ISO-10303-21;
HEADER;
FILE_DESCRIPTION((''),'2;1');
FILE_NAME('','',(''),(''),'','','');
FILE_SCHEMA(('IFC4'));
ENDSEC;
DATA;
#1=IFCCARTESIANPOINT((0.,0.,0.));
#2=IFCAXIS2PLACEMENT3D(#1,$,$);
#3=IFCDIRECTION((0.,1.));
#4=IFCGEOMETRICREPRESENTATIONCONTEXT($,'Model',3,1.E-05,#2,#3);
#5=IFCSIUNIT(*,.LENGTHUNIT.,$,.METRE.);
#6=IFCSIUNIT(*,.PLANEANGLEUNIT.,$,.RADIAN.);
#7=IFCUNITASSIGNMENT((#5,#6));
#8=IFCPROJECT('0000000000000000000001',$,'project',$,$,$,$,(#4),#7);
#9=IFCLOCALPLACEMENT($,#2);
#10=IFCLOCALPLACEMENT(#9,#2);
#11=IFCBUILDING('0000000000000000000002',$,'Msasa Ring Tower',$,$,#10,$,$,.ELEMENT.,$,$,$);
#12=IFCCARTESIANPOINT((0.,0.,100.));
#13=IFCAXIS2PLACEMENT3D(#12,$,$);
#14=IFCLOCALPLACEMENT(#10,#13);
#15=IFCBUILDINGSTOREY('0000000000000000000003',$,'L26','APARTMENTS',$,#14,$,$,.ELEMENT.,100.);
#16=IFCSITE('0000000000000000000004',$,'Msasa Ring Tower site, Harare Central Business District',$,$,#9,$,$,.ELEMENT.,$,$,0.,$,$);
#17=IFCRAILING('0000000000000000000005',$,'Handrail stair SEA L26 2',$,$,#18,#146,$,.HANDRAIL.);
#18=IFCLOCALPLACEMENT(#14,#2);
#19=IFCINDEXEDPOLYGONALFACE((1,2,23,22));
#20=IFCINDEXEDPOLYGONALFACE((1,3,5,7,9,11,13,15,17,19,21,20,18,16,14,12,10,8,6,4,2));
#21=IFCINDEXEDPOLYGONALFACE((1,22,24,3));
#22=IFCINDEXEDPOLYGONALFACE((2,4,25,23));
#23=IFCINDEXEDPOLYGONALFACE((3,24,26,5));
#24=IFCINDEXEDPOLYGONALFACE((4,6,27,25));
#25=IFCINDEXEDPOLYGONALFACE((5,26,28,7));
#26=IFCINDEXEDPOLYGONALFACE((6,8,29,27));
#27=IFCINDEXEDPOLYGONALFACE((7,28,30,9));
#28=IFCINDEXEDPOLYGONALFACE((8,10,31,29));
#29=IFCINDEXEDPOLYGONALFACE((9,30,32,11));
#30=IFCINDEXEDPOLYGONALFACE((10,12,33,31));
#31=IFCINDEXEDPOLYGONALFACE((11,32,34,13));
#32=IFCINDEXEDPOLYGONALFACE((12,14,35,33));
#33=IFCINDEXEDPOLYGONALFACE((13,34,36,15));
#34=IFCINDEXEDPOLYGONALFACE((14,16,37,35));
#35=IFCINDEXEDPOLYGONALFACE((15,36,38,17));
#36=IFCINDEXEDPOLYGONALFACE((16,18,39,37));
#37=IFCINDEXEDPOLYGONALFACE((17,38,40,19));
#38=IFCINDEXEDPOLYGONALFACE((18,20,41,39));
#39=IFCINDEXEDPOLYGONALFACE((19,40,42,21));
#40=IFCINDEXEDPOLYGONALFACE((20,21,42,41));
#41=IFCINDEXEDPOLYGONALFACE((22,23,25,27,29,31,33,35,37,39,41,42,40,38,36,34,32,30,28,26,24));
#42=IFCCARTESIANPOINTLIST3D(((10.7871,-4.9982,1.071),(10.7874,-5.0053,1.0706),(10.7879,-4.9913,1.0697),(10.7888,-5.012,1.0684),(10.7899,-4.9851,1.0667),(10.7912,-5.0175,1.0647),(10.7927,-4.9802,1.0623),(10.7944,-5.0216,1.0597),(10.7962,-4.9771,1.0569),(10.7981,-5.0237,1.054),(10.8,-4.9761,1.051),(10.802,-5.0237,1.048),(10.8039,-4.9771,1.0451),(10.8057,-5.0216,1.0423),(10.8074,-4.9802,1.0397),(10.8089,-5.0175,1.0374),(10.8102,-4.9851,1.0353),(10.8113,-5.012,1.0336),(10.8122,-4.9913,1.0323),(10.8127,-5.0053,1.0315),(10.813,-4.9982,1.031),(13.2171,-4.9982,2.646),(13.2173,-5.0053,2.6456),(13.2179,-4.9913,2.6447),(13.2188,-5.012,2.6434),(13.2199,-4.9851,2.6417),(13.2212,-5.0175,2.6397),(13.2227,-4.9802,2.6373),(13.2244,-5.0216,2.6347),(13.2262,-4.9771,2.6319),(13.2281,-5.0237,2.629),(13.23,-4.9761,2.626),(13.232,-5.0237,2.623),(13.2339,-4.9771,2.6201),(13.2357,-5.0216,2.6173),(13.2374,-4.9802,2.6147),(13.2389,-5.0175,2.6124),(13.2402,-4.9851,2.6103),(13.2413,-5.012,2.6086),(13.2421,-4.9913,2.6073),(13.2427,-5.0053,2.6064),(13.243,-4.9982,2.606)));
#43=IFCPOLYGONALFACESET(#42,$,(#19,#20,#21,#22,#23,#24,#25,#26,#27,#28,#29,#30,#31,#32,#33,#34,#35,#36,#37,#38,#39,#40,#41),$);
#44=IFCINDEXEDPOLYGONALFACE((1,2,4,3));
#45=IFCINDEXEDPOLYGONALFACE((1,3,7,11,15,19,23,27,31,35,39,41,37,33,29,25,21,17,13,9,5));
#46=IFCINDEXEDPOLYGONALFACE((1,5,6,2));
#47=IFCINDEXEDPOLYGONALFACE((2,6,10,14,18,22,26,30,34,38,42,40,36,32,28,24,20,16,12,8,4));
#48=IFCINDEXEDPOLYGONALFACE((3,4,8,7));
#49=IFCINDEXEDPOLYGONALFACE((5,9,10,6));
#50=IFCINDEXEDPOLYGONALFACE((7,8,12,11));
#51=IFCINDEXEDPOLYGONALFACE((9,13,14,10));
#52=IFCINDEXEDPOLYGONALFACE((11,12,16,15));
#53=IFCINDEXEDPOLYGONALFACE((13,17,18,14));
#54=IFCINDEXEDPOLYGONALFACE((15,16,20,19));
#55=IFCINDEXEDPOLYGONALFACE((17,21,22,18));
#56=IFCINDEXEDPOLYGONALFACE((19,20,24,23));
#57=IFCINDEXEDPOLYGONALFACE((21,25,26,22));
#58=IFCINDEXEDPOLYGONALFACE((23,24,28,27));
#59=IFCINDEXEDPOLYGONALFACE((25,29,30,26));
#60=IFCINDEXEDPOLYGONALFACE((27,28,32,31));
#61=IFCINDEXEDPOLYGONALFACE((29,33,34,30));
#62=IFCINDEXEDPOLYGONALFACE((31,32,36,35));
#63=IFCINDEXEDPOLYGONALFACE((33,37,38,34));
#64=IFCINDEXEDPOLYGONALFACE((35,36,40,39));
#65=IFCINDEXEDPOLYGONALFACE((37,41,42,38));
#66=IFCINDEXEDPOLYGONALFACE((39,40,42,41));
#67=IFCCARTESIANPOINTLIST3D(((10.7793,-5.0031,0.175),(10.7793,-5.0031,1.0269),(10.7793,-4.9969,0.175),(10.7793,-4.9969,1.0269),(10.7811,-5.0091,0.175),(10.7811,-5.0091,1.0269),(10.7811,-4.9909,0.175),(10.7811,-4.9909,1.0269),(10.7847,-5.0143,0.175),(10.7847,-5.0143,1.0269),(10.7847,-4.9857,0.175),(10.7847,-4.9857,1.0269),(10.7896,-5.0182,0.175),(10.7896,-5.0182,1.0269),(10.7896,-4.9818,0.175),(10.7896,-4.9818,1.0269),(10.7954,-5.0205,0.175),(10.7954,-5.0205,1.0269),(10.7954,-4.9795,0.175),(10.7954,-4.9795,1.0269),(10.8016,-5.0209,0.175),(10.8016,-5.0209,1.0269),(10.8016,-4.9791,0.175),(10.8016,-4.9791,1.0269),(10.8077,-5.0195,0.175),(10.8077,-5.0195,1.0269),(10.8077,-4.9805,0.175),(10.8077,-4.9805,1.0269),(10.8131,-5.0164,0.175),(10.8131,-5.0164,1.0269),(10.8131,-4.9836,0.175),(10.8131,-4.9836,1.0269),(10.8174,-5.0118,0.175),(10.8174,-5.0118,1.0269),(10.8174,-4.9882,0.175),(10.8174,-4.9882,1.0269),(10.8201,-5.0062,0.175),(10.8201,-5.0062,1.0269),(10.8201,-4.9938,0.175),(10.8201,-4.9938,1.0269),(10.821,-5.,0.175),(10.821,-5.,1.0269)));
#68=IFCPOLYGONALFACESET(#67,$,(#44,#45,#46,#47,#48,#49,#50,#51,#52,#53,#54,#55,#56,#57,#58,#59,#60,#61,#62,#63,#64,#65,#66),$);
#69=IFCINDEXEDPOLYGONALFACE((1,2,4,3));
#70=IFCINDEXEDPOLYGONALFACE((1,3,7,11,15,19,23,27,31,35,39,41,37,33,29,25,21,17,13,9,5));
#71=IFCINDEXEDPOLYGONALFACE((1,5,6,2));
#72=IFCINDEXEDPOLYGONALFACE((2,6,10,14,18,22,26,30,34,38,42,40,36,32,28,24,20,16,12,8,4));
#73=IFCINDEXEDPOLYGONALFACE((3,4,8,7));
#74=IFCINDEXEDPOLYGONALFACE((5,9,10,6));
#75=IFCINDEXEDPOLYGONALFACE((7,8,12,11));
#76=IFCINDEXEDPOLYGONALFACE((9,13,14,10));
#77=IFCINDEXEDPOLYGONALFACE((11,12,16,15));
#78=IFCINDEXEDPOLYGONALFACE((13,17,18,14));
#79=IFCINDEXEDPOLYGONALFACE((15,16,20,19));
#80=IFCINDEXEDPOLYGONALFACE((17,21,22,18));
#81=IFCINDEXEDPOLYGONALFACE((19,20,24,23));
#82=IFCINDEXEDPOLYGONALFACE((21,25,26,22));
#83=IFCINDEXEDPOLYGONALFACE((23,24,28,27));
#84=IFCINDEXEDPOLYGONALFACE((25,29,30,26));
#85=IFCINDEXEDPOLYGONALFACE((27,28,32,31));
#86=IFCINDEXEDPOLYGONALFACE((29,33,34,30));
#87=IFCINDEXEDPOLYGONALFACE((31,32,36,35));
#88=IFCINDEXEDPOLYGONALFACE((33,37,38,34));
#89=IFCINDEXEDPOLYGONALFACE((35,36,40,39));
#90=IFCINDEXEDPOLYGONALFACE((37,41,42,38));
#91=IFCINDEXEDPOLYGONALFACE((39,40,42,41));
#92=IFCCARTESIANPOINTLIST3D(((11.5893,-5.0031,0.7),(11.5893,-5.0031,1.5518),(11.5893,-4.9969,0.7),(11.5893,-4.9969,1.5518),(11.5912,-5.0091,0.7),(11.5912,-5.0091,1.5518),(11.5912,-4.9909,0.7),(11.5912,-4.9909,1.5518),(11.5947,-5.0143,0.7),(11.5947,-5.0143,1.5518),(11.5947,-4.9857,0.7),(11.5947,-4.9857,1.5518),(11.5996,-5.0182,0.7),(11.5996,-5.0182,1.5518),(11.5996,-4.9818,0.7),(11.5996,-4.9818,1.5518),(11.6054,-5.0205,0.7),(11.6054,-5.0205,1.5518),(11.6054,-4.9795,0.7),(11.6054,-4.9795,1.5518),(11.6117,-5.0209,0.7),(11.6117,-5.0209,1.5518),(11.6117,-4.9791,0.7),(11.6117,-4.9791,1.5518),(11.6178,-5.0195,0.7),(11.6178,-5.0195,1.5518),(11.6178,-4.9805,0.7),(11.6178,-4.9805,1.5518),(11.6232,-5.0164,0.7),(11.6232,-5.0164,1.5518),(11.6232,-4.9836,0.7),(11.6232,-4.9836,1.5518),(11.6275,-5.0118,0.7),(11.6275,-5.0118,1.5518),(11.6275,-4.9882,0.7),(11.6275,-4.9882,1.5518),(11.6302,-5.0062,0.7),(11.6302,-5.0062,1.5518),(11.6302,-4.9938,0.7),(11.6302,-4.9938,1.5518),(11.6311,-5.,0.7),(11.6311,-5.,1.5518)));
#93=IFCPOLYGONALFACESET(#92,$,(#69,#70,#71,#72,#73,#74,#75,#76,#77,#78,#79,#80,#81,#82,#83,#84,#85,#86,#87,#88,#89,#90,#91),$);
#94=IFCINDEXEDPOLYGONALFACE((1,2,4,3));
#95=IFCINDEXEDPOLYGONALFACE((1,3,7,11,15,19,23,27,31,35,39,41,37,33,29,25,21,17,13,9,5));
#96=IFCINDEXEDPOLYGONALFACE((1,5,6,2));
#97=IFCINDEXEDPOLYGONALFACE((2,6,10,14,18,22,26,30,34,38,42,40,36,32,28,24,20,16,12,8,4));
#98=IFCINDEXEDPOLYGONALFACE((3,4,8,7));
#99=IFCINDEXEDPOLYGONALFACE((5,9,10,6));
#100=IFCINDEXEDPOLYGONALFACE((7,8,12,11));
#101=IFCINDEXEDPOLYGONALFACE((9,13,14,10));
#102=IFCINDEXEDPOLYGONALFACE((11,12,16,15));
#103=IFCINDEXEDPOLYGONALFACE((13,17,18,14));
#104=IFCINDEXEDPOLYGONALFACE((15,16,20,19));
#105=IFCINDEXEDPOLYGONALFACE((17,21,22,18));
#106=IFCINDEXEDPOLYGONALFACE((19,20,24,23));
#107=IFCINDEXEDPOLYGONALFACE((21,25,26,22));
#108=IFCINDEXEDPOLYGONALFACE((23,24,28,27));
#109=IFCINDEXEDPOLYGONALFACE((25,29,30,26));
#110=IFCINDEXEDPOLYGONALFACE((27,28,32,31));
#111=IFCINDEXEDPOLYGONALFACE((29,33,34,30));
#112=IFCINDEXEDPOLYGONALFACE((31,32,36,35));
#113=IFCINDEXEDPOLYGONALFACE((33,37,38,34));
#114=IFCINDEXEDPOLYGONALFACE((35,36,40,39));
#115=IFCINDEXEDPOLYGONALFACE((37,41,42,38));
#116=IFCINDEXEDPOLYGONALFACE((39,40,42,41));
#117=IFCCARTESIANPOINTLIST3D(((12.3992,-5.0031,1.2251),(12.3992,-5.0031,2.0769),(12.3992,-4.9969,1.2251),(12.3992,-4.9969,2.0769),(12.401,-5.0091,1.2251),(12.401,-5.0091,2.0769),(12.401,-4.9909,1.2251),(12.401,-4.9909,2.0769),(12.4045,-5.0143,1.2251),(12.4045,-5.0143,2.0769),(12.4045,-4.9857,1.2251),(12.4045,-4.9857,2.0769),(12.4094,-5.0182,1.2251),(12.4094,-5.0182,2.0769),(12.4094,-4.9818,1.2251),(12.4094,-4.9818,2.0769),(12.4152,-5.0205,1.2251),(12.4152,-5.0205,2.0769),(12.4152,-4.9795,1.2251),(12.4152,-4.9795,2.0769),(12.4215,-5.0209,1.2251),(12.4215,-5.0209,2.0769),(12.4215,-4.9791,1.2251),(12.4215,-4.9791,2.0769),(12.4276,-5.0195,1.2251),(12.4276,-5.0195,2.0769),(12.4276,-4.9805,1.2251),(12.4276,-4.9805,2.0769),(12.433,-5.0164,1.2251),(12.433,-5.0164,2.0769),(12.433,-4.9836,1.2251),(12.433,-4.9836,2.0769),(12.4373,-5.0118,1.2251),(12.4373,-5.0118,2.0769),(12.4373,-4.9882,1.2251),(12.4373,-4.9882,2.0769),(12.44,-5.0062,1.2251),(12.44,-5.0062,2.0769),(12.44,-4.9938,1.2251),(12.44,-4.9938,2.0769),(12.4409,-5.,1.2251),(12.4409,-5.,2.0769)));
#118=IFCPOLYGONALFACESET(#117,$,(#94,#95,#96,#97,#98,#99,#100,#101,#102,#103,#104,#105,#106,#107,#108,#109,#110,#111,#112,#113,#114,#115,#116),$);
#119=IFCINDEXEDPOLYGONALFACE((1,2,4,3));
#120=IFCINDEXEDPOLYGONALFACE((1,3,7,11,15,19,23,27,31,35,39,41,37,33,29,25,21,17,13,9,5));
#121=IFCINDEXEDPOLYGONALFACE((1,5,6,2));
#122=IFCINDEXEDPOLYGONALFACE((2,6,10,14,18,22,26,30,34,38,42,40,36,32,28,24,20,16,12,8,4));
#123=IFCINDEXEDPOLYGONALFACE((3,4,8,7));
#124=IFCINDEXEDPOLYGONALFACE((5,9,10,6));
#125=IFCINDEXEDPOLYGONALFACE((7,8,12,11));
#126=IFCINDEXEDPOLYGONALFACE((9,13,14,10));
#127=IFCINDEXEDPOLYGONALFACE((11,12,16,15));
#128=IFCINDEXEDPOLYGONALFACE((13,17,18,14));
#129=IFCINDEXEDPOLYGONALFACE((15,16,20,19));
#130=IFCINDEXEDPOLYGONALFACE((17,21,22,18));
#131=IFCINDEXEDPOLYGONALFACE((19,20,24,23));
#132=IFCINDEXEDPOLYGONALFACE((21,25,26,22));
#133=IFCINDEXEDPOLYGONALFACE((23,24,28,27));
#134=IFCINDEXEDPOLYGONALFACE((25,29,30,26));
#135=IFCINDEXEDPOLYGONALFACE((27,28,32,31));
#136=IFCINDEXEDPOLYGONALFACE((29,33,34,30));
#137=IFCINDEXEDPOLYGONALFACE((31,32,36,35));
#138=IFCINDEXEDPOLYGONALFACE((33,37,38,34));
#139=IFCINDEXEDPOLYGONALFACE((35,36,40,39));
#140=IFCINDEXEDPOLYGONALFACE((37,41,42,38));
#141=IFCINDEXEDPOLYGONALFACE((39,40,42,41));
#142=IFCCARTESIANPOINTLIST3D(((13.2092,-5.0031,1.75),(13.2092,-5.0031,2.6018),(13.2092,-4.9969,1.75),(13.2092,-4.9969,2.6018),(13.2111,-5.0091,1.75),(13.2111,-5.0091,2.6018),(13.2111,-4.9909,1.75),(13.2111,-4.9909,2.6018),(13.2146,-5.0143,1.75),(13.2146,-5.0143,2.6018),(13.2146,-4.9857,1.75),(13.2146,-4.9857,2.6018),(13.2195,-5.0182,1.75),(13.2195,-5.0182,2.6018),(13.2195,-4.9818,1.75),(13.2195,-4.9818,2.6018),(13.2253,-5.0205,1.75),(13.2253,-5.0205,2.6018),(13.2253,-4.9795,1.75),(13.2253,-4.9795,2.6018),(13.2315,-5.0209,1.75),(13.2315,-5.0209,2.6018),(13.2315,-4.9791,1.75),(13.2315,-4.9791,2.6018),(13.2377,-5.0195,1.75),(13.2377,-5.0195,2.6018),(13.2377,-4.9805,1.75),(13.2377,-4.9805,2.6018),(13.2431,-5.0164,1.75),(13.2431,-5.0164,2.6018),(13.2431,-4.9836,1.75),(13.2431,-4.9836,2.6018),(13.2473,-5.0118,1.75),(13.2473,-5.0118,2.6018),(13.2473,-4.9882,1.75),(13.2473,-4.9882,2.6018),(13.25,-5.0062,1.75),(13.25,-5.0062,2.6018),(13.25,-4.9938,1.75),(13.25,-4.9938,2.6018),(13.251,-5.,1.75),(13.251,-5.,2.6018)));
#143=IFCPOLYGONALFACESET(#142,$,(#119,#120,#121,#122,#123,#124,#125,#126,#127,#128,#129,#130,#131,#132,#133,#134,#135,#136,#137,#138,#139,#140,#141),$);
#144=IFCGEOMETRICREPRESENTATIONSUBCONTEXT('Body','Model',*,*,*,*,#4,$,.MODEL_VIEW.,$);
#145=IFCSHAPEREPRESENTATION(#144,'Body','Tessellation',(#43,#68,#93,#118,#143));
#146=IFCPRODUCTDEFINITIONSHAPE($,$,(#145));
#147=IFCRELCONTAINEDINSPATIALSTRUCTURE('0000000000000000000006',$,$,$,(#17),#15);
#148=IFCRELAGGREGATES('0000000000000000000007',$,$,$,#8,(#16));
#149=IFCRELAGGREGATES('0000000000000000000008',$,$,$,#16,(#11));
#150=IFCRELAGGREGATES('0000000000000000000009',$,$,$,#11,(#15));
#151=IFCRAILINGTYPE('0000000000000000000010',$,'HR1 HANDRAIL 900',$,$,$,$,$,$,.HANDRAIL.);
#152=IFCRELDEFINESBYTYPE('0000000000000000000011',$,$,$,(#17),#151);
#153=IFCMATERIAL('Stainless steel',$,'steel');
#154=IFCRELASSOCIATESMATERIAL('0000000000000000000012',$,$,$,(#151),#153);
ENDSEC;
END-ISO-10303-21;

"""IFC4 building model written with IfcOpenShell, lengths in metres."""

from ifc_helpers import new_model, si_unit, direction, frame, origin, origin_2d, place, context, subcontext, project, spatial, circle, extrude, material, type_object, element, save


model = new_model("IFC4")

# Units and contexts
model_context = context("Model", 3, precision=1e-05, world=origin(), true_north=direction((0.0, 1.0)))
body_context = subcontext(model_context, "Body", "Model", "MODEL_VIEW")
ifc_project = project(units=[si_unit("LENGTHUNIT", "METRE"), si_unit("PLANEANGLEUNIT", "RADIAN")], contexts=[model_context])

# Site, building, storey
site_placement = place(None, origin())
site = spatial("IfcSite", under=ifc_project, at=site_placement, Name="Msasa Ring Tower site, Harare Central Business District", CompositionType="ELEMENT", RefElevation=0.0)
building_placement = place(site_placement, origin())
building = spatial("IfcBuilding", under=site, at=building_placement, Name="Msasa Ring Tower", CompositionType="ELEMENT")
storey_placement = place(building_placement, frame((0.0, 0.0, 100.0)))
storey = spatial("IfcBuildingStorey", under=building, at=storey_placement, Name="L26", Description="APARTMENTS", CompositionType="ELEMENT", Elevation=100.0)

# Railing
ifc_material_1 = material(Name="Stainless steel", Category="steel")
railing_type = type_object("IfcRailingType", Name="HR1 HANDRAIL 900", PredefinedType="HANDRAIL", material=ifc_material_1)
for number, where, name in (
    (1, (10.8, -5.0, 0.175), "Handrail stair SEA L26 2"),
):
    element("IfcRailing", number, at=place(storey_placement, frame(where)), inside=storey, type_object=railing_type, Name=name, PredefinedType="HANDRAIL", context=body_context, shape_type="SweptSolid", body=[
        extrude(circle(Radius=0.0239, at=origin_2d()), frame((0.0, 0.0, 0.876), z_axis=(0.839154, 0.0, 0.543894), x_axis=(0.0, 1.0, 0.0)), (0.0, 0.0, 1.0), 2.8958),
        extrude(circle(Radius=0.021, at=origin_2d()), origin(), (0.0, 0.0, 1.0), 0.8518),
        extrude(circle(Radius=0.021, at=origin_2d()), frame((0.8101, 0.0, 0.5249)), (0.0, 0.0, 1.0), 0.8518),
        extrude(circle(Radius=0.021, at=origin_2d()), frame((1.6199, 0.0, 1.05)), (0.0, 0.0, 1.0), 0.8518),
        extrude(circle(Radius=0.021, at=origin_2d()), frame((2.4299, 0.0, 1.575)), (0.0, 0.0, 1.0), 0.8518),
    ])

save(model, "model.ifc")
